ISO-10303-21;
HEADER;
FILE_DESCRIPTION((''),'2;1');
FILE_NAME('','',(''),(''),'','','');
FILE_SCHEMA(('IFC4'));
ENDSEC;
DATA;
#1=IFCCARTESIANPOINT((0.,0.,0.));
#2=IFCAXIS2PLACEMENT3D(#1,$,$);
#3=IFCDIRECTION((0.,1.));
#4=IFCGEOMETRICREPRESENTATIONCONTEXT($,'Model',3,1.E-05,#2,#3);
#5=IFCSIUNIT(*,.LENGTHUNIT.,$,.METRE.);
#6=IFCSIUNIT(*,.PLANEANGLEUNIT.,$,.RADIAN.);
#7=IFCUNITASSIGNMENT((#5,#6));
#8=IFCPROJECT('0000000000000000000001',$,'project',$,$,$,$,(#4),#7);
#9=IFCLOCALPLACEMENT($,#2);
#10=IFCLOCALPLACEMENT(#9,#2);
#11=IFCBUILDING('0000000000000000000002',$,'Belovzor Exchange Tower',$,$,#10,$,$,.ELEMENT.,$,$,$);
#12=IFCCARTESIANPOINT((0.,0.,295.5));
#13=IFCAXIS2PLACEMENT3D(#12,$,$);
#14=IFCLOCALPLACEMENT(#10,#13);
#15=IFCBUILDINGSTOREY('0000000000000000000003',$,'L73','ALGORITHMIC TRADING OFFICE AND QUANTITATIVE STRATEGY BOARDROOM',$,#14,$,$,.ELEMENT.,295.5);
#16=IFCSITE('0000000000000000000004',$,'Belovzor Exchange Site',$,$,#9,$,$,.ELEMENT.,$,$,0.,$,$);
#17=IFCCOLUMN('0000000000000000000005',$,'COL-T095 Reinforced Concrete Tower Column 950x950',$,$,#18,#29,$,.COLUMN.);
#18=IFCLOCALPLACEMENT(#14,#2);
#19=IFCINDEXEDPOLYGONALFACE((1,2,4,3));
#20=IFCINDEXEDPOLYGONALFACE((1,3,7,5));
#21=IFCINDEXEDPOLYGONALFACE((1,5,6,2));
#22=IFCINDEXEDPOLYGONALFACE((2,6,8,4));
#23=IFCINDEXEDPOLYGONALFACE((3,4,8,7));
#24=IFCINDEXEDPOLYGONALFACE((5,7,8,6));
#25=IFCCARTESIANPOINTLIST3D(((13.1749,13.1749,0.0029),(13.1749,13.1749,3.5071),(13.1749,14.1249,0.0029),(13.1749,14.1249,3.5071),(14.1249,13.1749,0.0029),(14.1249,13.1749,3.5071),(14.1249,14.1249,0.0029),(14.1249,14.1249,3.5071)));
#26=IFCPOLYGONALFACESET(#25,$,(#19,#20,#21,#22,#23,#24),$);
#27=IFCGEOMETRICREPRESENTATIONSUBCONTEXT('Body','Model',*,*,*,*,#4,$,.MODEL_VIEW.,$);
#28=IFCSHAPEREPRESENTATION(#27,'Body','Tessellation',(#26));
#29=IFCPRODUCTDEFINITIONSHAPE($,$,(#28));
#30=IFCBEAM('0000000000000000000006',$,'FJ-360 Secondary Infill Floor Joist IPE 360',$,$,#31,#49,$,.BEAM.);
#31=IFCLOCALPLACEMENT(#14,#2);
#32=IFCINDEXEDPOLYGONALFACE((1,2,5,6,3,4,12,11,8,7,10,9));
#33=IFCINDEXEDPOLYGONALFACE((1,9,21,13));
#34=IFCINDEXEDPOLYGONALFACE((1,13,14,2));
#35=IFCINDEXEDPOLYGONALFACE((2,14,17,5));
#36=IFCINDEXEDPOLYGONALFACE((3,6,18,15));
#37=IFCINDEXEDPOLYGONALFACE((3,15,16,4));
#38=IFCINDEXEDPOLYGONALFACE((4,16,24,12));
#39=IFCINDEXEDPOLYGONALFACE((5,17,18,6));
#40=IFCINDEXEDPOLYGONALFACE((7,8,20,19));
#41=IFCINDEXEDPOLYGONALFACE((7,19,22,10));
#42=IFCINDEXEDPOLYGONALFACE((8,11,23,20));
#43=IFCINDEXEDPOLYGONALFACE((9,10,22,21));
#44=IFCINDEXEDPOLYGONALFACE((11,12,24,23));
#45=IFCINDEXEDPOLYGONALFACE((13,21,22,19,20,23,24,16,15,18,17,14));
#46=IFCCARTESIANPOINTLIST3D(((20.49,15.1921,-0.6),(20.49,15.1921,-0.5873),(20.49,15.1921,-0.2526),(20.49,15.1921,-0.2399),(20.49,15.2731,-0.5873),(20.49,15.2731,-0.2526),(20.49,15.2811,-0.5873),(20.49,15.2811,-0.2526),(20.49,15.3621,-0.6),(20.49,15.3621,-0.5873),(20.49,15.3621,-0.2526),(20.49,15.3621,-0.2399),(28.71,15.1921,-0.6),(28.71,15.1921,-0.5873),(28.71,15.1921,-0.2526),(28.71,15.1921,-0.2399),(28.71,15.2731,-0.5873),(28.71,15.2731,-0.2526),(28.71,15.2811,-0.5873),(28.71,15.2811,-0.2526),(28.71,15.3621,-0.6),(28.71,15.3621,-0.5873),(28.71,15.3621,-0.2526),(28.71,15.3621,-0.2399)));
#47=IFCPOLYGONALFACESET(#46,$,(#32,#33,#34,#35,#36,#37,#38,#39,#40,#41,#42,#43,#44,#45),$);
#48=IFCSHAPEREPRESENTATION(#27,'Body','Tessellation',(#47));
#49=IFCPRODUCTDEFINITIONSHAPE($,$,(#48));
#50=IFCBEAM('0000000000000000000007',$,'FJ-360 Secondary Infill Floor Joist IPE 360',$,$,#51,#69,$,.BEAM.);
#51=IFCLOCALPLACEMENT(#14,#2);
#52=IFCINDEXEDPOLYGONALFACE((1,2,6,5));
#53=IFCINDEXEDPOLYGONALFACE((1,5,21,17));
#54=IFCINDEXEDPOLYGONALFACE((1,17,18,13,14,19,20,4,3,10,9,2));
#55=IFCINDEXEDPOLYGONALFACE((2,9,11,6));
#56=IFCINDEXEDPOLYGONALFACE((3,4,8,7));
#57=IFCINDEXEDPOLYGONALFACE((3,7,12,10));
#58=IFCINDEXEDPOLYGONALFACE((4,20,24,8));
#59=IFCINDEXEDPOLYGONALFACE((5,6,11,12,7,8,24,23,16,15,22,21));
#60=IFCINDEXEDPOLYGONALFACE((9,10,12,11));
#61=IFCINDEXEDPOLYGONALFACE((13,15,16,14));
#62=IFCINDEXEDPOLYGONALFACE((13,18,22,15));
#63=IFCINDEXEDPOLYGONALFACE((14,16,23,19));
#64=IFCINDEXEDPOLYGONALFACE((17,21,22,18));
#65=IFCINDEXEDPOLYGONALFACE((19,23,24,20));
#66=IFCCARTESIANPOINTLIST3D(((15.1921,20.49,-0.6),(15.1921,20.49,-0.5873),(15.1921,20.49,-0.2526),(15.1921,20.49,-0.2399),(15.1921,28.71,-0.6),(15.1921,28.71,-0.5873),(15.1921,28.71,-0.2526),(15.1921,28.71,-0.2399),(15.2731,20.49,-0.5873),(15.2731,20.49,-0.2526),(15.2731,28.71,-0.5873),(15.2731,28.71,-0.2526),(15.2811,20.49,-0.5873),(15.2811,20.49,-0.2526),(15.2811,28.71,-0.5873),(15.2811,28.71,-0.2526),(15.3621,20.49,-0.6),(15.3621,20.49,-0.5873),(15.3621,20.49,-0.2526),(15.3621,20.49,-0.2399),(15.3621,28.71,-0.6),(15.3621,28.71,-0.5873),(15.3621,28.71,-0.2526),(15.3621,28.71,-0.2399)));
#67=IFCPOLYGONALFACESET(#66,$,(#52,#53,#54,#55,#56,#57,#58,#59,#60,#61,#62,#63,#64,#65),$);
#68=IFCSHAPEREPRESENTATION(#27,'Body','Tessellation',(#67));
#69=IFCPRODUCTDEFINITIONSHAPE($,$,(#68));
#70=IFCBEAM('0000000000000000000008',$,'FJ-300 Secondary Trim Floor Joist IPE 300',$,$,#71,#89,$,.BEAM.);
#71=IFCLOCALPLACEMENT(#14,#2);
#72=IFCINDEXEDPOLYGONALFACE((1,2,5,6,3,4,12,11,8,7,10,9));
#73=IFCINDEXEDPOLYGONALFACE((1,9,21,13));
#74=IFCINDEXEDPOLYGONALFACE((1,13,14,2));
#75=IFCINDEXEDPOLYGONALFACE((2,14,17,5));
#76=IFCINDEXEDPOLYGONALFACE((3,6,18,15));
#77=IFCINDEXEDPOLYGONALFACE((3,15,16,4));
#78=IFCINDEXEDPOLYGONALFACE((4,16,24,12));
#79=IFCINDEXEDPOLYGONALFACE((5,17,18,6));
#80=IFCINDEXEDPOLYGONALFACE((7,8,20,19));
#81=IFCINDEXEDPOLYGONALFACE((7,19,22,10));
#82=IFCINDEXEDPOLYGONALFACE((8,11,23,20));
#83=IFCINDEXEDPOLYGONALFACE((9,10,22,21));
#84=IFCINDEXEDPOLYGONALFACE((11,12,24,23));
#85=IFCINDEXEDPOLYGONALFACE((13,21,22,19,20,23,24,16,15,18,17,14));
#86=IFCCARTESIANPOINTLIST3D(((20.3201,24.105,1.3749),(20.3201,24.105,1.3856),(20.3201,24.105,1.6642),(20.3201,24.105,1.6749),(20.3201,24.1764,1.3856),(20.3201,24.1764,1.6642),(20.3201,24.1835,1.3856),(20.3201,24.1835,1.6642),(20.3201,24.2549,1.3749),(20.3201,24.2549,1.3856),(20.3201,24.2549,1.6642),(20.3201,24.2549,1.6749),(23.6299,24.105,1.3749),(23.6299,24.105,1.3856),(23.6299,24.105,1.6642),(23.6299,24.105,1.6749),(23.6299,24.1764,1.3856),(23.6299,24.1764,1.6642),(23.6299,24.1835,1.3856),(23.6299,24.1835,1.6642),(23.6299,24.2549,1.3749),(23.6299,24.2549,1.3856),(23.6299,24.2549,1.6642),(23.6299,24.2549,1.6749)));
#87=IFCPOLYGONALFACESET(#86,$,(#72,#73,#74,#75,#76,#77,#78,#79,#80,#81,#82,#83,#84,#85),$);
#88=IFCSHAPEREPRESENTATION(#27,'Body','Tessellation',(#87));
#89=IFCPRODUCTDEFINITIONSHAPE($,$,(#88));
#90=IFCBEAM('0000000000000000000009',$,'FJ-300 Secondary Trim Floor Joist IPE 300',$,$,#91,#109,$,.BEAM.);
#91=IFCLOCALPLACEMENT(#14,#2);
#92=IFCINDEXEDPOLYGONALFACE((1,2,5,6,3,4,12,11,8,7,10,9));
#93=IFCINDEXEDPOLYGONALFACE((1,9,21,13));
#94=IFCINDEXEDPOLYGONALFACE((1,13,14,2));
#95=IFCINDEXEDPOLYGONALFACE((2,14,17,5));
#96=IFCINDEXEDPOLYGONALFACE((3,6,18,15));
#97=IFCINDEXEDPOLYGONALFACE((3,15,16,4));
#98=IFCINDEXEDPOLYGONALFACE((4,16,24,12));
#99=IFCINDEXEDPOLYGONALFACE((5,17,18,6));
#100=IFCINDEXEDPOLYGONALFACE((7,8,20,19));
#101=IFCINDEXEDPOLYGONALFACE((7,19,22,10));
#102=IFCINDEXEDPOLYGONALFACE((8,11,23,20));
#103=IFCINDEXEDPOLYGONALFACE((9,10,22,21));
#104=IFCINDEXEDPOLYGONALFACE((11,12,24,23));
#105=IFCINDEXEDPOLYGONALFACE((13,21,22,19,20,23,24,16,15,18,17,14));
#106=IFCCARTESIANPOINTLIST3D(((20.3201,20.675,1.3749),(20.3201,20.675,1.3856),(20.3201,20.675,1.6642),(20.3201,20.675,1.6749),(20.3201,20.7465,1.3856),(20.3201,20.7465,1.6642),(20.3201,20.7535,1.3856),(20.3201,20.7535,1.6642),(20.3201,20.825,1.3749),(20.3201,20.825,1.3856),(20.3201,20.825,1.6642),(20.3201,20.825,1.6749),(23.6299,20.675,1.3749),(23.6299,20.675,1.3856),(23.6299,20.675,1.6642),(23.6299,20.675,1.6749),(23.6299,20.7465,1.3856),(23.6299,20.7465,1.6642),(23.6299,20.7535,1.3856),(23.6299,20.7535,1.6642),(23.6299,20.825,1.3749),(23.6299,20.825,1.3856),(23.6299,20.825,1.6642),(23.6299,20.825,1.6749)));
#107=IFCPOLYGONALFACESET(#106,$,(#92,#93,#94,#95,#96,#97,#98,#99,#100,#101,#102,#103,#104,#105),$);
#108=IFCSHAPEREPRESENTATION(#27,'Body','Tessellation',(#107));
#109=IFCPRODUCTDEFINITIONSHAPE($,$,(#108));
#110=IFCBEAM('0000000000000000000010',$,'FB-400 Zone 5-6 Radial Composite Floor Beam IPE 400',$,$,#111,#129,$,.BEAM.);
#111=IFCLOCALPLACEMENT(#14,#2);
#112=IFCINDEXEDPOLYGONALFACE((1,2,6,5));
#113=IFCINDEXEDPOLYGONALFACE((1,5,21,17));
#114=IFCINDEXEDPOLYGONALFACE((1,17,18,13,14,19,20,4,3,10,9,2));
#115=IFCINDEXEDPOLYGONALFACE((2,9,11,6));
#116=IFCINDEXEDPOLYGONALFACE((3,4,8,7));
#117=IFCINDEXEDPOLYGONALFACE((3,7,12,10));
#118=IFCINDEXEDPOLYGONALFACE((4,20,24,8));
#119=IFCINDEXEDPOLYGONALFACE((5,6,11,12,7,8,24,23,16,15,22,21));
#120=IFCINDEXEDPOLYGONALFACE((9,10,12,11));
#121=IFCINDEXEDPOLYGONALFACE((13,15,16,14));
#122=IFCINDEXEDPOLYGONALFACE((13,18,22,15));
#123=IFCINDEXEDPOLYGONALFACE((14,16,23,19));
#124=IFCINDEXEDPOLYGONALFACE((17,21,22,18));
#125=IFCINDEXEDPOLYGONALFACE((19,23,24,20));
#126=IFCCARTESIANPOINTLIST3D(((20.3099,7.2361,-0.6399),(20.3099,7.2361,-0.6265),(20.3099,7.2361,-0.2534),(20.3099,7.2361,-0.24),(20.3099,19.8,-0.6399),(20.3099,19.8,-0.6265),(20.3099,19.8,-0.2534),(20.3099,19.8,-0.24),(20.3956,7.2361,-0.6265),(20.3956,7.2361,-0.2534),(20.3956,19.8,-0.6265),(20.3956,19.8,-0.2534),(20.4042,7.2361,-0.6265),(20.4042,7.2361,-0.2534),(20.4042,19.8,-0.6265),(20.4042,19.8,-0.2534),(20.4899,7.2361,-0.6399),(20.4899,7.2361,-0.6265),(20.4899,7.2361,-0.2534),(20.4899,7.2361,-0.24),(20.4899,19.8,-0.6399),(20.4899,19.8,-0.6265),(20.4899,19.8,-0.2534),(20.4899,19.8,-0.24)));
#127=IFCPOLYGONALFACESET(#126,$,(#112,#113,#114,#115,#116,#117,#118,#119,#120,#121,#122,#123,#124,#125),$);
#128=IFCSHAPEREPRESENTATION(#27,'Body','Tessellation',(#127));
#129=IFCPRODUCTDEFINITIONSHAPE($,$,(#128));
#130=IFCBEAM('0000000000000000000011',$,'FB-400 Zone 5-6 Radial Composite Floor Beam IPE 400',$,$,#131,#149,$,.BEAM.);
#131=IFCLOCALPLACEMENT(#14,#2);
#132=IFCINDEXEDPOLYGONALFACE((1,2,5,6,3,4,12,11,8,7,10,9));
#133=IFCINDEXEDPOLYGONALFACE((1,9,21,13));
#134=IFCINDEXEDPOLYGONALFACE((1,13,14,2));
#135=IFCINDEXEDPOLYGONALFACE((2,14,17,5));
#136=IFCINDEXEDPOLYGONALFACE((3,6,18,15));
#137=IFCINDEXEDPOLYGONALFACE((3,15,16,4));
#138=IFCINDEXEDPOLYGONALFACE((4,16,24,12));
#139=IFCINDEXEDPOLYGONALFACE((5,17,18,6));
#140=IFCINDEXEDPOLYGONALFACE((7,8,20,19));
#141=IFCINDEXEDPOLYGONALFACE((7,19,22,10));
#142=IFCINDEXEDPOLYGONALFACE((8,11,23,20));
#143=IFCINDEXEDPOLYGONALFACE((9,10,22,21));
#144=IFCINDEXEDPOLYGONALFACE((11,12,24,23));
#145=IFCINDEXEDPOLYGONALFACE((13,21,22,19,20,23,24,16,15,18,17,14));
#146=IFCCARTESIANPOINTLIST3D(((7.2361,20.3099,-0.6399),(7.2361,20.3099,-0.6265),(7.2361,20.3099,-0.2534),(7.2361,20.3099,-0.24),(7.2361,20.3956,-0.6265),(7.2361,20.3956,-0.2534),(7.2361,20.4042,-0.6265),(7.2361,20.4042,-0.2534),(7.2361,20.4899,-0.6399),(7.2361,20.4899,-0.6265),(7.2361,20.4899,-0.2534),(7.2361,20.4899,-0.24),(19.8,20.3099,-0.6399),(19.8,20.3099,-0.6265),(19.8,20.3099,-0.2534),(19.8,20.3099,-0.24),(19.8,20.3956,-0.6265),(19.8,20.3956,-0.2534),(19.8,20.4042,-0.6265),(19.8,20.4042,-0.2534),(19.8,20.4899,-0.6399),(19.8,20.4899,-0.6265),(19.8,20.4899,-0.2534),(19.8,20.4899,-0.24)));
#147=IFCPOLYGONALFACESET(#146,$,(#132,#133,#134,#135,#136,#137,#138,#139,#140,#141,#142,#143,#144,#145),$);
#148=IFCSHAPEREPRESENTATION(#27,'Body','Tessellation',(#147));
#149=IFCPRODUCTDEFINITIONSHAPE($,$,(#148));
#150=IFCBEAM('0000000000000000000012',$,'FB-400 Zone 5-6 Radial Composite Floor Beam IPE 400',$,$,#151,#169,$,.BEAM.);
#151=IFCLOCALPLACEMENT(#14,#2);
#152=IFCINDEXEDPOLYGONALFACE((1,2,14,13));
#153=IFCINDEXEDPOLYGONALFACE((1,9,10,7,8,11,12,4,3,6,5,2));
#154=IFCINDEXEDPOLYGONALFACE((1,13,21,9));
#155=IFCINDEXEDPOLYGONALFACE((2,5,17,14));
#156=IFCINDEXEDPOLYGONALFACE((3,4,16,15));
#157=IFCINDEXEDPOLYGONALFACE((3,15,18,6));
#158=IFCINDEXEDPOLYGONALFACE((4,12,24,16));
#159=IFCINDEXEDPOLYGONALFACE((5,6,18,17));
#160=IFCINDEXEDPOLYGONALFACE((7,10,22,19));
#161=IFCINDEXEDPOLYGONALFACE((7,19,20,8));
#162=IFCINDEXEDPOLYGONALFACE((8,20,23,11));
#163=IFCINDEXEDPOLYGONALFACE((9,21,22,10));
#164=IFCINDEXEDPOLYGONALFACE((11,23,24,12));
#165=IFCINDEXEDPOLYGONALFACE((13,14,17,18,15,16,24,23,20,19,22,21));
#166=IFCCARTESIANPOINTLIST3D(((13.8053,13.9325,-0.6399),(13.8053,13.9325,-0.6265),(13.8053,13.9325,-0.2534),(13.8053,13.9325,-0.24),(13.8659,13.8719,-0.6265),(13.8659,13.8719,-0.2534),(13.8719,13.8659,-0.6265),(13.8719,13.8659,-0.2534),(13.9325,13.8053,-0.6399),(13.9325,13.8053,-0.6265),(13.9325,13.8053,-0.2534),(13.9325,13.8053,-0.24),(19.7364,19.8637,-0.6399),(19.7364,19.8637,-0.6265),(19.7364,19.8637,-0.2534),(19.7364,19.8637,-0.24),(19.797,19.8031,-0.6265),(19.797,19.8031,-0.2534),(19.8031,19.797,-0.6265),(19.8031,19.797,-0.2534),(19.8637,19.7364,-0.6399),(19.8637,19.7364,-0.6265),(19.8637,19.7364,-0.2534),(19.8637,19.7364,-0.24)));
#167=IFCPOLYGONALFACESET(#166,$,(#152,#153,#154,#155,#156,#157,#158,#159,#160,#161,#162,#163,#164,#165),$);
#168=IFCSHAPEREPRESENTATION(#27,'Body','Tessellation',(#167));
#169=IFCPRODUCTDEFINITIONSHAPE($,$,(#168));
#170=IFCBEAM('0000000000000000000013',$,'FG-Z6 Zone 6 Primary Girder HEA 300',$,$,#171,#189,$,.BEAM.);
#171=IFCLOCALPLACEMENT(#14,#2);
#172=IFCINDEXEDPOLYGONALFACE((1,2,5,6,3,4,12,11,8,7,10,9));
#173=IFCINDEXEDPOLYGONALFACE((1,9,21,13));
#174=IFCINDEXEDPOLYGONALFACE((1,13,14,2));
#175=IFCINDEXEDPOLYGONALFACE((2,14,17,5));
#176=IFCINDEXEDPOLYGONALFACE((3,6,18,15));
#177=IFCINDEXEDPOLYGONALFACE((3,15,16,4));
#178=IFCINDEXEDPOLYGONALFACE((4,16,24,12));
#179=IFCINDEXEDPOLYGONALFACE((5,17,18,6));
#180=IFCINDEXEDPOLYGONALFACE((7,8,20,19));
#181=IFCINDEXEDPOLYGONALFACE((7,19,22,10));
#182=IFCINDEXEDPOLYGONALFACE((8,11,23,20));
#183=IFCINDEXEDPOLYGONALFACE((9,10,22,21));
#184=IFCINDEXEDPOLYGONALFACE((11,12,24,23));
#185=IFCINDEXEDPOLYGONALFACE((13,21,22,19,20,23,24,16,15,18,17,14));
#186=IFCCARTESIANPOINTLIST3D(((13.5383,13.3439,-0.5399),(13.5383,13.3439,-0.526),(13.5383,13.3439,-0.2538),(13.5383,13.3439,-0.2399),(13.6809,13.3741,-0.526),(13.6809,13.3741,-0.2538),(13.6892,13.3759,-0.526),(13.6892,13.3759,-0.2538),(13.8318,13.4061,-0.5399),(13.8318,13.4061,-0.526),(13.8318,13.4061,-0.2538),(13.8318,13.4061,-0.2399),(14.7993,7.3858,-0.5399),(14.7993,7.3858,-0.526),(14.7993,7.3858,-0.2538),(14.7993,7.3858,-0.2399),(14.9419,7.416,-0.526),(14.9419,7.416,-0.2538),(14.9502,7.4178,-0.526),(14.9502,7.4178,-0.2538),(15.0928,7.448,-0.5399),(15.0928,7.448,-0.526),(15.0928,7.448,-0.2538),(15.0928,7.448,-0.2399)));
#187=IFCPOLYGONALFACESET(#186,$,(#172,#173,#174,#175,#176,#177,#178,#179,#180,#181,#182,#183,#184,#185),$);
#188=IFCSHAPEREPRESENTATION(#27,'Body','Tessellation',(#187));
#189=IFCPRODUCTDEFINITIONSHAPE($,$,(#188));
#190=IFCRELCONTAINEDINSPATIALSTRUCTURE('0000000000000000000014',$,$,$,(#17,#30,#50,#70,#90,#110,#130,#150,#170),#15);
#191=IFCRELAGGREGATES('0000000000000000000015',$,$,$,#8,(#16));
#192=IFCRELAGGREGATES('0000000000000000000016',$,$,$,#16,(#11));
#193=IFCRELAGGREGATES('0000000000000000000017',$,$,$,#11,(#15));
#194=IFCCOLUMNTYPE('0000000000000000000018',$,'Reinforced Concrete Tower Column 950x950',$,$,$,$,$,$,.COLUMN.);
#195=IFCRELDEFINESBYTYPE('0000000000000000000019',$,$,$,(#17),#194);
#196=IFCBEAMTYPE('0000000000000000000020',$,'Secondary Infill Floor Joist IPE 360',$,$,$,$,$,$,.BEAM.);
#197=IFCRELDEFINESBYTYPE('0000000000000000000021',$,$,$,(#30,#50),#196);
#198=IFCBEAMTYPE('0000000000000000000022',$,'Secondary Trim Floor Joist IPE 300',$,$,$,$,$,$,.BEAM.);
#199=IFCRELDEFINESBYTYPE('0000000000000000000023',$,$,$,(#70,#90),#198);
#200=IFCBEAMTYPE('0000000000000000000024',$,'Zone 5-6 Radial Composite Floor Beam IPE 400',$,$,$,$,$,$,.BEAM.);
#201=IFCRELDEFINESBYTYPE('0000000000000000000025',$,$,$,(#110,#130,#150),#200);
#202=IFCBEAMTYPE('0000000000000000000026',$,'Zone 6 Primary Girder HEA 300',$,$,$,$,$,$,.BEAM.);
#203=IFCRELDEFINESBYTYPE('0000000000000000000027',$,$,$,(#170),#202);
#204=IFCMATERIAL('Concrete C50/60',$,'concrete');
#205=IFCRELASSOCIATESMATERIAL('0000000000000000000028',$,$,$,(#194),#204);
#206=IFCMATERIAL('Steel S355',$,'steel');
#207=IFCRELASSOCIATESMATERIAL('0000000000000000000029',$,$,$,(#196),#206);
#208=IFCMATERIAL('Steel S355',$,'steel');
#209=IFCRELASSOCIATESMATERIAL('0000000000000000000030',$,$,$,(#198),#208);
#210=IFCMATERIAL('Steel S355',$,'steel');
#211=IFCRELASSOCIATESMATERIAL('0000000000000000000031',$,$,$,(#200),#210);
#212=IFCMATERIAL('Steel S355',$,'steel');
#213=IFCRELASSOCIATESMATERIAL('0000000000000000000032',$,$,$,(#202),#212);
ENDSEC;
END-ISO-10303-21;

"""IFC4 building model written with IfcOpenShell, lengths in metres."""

from ifc_helpers import new_model, si_unit, direction, frame, origin, origin_2d, place, context, subcontext, project, spatial, rectangle, i_section, extrude, material, material_profile, profile_set, type_object, element, save


model = new_model("IFC4")

# Units and contexts
model_context = context("Model", 3, precision=1e-05, world=origin(), true_north=direction((0.0, 1.0)))
body_context = subcontext(model_context, "Body", "Model", "MODEL_VIEW")
ifc_project = project(units=[si_unit("LENGTHUNIT", "METRE"), si_unit("PLANEANGLEUNIT", "RADIAN")], contexts=[model_context])

# Site, building, storey
site_placement = place(None, origin())
site = spatial("IfcSite", under=ifc_project, at=site_placement, Name="Belovzor Exchange Site", CompositionType="ELEMENT", RefElevation=0.0)
building_placement = place(site_placement, origin())
building = spatial("IfcBuilding", under=site, at=building_placement, Name="Belovzor Exchange Tower", CompositionType="ELEMENT")
storey_placement = place(building_placement, frame((0.0, 0.0, 295.5)))
storey = spatial("IfcBuildingStorey", under=building, at=storey_placement, Name="L73", Description="ALGORITHMIC TRADING OFFICE AND QUANTITATIVE STRATEGY BOARDROOM", CompositionType="ELEMENT", Elevation=295.5)

# Column
ifc_material_1 = material(Name="Concrete C50/60", Category="concrete")
ifc_material_profile_1 = material_profile(ifc_material_1, rectangle(XDim=0.95, YDim=0.95, at=origin_2d()))
ifc_profile_set_1 = profile_set([ifc_material_profile_1], Name="Concrete C50/60")
column_type = type_object("IfcColumnType", Name="Reinforced Concrete Tower Column 950x950", PredefinedType="COLUMN", material=ifc_profile_set_1)
column_placement = place(storey_placement, frame((13.6499, 13.6499, 0.0029), z_axis=(0.0, 0.0, 1.0), x_axis=(1.0, 0.0, 0.0)))
element("IfcColumn", 1, at=column_placement, inside=storey, type_object=column_type, Name="COL-T095 Reinforced Concrete Tower Column 950x950", PredefinedType="COLUMN", context=body_context, shape_type="SweptSolid", body=[
    extrude(rectangle(XDim=0.95, YDim=0.95, at=origin_2d()), origin(), (0.0, 0.0, 1.0), 3.5042),
])

# Beams
ifc_material_2 = material(Name="Steel S355", Category="steel")
ifc_material_profile_2 = material_profile(ifc_material_2, i_section(OverallWidth=0.1699, OverallDepth=0.3601, WebThickness=0.0081, FlangeThickness=0.0127, at=origin_2d()))
ifc_profile_set_2 = profile_set([ifc_material_profile_2], Name="Steel S355")
beam_type_1 = type_object("IfcBeamType", Name="Secondary Infill Floor Joist IPE 360", PredefinedType="BEAM", material=ifc_profile_set_2)
for number, where, z_axis, x_axis, name in (
    (2, (20.49, 15.2771, -0.4199), (1.0, 0.0, 0.0), (0.0, 1.0, 0.0), "FJ-360 Secondary Infill Floor Joist IPE 360"),
    (3, (15.2771, 20.49, -0.4199), (0.0, 1.0, 0.0), (-1.0, 0.0, 0.0), "FJ-360 Secondary Infill Floor Joist IPE 360"),
):
    element("IfcBeam", number, at=place(storey_placement, frame(where, z_axis=z_axis, x_axis=x_axis)), inside=storey, type_object=beam_type_1, Name=name, PredefinedType="BEAM", context=body_context, shape_type="SweptSolid", body=[
        extrude(i_section(OverallWidth=0.1699, OverallDepth=0.3601, WebThickness=0.0081, FlangeThickness=0.0127, at=origin_2d()), origin(), (0.0, 0.0, 1.0), 8.22),
    ])
ifc_material_3 = material(Name="Steel S355", Category="steel")
ifc_material_profile_3 = material_profile(ifc_material_3, i_section(OverallWidth=0.1499, OverallDepth=0.3, WebThickness=0.0071, FlangeThickness=0.0107, at=origin_2d()))
ifc_profile_set_3 = profile_set([ifc_material_profile_3], Name="Steel S355")
beam_type_2 = type_object("IfcBeamType", Name="Secondary Trim Floor Joist IPE 300", PredefinedType="BEAM", material=ifc_profile_set_3)
for number, where, z_axis, x_axis, name in (
    (4, (20.3201, 24.1799, 1.5249), (1.0, 0.0, 0.0), (0.0, 1.0, 0.0), "FJ-300 Secondary Trim Floor Joist IPE 300"),
    (5, (20.3201, 20.75, 1.5249), (1.0, 0.0, 0.0), (0.0, 1.0, 0.0), "FJ-300 Secondary Trim Floor Joist IPE 300"),
):
    element("IfcBeam", number, at=place(storey_placement, frame(where, z_axis=z_axis, x_axis=x_axis)), inside=storey, type_object=beam_type_2, Name=name, PredefinedType="BEAM", context=body_context, shape_type="SweptSolid", body=[
        extrude(i_section(OverallWidth=0.1499, OverallDepth=0.3, WebThickness=0.0071, FlangeThickness=0.0107, at=origin_2d()), origin(), (0.0, 0.0, 1.0), 3.3098),
    ])
ifc_material_4 = material(Name="Steel S355", Category="steel")
ifc_material_profile_4 = material_profile(ifc_material_4, i_section(OverallWidth=0.1799, OverallDepth=0.3999, WebThickness=0.0085, FlangeThickness=0.0134, at=origin_2d()))
ifc_profile_set_4 = profile_set([ifc_material_profile_4], Name="Steel S355")
beam_type_3 = type_object("IfcBeamType", Name="Zone 5-6 Radial Composite Floor Beam IPE 400", PredefinedType="BEAM", material=ifc_profile_set_4)
for number, where, z_axis, x_axis, name in (
    (6, (20.3999, 19.8, -0.4399), (0.0, -1.0, 0.0), (1.0, 0.0, 0.0), "FB-400 Zone 5-6 Radial Composite Floor Beam IPE 400"),
    (7, (19.8, 20.3999, -0.4399), (-1.0, 0.0, 0.0), (0.0, -1.0, 0.0), "FB-400 Zone 5-6 Radial Composite Floor Beam IPE 400"),
):
    element("IfcBeam", number, at=place(storey_placement, frame(where, z_axis=z_axis, x_axis=x_axis)), inside=storey, type_object=beam_type_3, Name=name, PredefinedType="BEAM", context=body_context, shape_type="SweptSolid", body=[
        extrude(i_section(OverallWidth=0.1799, OverallDepth=0.3999, WebThickness=0.0085, FlangeThickness=0.0134, at=origin_2d()), origin(), (0.0, 0.0, 1.0), 12.564),
    ])
beam_1_placement = place(storey_placement, frame((19.8, 19.8, -0.4399), z_axis=(-0.707107, -0.707107, 0.0), x_axis=(0.707107, -0.707107, 0.0)))
element("IfcBeam", 8, at=beam_1_placement, inside=storey, type_object=beam_type_3, Name="FB-400 Zone 5-6 Radial Composite Floor Beam IPE 400", PredefinedType="BEAM", context=body_context, shape_type="SweptSolid", body=[
    extrude(i_section(OverallWidth=0.1799, OverallDepth=0.3999, WebThickness=0.0085, FlangeThickness=0.0134, at=origin_2d()), origin(), (0.0, 0.0, 1.0), 8.3879),
])
ifc_material_5 = material(Name="Steel S355", Category="steel")
ifc_material_profile_5 = material_profile(ifc_material_5, i_section(OverallWidth=0.3, OverallDepth=0.3, WebThickness=0.0085, FlangeThickness=0.0139, at=origin_2d()))
ifc_profile_set_5 = profile_set([ifc_material_profile_5], Name="Steel S355")
beam_type_4 = type_object("IfcBeamType", Name="Zone 6 Primary Girder HEA 300", PredefinedType="BEAM", material=ifc_profile_set_5)
beam_2_placement = place(storey_placement, frame((13.6851, 13.375, -0.3899), z_axis=(0.207059, -0.978328, 0.0), x_axis=(0.978328, 0.207059, 0.0)))
element("IfcBeam", 9, at=beam_2_placement, inside=storey, type_object=beam_type_4, Name="FG-Z6 Zone 6 Primary Girder HEA 300", PredefinedType="BEAM", context=body_context, shape_type="SweptSolid", body=[
    extrude(i_section(OverallWidth=0.3, OverallDepth=0.3, WebThickness=0.0085, FlangeThickness=0.0139, at=origin_2d()), origin(), (0.0, 0.0, 1.0), 6.0901),
])

save(model, "model.ifc")
